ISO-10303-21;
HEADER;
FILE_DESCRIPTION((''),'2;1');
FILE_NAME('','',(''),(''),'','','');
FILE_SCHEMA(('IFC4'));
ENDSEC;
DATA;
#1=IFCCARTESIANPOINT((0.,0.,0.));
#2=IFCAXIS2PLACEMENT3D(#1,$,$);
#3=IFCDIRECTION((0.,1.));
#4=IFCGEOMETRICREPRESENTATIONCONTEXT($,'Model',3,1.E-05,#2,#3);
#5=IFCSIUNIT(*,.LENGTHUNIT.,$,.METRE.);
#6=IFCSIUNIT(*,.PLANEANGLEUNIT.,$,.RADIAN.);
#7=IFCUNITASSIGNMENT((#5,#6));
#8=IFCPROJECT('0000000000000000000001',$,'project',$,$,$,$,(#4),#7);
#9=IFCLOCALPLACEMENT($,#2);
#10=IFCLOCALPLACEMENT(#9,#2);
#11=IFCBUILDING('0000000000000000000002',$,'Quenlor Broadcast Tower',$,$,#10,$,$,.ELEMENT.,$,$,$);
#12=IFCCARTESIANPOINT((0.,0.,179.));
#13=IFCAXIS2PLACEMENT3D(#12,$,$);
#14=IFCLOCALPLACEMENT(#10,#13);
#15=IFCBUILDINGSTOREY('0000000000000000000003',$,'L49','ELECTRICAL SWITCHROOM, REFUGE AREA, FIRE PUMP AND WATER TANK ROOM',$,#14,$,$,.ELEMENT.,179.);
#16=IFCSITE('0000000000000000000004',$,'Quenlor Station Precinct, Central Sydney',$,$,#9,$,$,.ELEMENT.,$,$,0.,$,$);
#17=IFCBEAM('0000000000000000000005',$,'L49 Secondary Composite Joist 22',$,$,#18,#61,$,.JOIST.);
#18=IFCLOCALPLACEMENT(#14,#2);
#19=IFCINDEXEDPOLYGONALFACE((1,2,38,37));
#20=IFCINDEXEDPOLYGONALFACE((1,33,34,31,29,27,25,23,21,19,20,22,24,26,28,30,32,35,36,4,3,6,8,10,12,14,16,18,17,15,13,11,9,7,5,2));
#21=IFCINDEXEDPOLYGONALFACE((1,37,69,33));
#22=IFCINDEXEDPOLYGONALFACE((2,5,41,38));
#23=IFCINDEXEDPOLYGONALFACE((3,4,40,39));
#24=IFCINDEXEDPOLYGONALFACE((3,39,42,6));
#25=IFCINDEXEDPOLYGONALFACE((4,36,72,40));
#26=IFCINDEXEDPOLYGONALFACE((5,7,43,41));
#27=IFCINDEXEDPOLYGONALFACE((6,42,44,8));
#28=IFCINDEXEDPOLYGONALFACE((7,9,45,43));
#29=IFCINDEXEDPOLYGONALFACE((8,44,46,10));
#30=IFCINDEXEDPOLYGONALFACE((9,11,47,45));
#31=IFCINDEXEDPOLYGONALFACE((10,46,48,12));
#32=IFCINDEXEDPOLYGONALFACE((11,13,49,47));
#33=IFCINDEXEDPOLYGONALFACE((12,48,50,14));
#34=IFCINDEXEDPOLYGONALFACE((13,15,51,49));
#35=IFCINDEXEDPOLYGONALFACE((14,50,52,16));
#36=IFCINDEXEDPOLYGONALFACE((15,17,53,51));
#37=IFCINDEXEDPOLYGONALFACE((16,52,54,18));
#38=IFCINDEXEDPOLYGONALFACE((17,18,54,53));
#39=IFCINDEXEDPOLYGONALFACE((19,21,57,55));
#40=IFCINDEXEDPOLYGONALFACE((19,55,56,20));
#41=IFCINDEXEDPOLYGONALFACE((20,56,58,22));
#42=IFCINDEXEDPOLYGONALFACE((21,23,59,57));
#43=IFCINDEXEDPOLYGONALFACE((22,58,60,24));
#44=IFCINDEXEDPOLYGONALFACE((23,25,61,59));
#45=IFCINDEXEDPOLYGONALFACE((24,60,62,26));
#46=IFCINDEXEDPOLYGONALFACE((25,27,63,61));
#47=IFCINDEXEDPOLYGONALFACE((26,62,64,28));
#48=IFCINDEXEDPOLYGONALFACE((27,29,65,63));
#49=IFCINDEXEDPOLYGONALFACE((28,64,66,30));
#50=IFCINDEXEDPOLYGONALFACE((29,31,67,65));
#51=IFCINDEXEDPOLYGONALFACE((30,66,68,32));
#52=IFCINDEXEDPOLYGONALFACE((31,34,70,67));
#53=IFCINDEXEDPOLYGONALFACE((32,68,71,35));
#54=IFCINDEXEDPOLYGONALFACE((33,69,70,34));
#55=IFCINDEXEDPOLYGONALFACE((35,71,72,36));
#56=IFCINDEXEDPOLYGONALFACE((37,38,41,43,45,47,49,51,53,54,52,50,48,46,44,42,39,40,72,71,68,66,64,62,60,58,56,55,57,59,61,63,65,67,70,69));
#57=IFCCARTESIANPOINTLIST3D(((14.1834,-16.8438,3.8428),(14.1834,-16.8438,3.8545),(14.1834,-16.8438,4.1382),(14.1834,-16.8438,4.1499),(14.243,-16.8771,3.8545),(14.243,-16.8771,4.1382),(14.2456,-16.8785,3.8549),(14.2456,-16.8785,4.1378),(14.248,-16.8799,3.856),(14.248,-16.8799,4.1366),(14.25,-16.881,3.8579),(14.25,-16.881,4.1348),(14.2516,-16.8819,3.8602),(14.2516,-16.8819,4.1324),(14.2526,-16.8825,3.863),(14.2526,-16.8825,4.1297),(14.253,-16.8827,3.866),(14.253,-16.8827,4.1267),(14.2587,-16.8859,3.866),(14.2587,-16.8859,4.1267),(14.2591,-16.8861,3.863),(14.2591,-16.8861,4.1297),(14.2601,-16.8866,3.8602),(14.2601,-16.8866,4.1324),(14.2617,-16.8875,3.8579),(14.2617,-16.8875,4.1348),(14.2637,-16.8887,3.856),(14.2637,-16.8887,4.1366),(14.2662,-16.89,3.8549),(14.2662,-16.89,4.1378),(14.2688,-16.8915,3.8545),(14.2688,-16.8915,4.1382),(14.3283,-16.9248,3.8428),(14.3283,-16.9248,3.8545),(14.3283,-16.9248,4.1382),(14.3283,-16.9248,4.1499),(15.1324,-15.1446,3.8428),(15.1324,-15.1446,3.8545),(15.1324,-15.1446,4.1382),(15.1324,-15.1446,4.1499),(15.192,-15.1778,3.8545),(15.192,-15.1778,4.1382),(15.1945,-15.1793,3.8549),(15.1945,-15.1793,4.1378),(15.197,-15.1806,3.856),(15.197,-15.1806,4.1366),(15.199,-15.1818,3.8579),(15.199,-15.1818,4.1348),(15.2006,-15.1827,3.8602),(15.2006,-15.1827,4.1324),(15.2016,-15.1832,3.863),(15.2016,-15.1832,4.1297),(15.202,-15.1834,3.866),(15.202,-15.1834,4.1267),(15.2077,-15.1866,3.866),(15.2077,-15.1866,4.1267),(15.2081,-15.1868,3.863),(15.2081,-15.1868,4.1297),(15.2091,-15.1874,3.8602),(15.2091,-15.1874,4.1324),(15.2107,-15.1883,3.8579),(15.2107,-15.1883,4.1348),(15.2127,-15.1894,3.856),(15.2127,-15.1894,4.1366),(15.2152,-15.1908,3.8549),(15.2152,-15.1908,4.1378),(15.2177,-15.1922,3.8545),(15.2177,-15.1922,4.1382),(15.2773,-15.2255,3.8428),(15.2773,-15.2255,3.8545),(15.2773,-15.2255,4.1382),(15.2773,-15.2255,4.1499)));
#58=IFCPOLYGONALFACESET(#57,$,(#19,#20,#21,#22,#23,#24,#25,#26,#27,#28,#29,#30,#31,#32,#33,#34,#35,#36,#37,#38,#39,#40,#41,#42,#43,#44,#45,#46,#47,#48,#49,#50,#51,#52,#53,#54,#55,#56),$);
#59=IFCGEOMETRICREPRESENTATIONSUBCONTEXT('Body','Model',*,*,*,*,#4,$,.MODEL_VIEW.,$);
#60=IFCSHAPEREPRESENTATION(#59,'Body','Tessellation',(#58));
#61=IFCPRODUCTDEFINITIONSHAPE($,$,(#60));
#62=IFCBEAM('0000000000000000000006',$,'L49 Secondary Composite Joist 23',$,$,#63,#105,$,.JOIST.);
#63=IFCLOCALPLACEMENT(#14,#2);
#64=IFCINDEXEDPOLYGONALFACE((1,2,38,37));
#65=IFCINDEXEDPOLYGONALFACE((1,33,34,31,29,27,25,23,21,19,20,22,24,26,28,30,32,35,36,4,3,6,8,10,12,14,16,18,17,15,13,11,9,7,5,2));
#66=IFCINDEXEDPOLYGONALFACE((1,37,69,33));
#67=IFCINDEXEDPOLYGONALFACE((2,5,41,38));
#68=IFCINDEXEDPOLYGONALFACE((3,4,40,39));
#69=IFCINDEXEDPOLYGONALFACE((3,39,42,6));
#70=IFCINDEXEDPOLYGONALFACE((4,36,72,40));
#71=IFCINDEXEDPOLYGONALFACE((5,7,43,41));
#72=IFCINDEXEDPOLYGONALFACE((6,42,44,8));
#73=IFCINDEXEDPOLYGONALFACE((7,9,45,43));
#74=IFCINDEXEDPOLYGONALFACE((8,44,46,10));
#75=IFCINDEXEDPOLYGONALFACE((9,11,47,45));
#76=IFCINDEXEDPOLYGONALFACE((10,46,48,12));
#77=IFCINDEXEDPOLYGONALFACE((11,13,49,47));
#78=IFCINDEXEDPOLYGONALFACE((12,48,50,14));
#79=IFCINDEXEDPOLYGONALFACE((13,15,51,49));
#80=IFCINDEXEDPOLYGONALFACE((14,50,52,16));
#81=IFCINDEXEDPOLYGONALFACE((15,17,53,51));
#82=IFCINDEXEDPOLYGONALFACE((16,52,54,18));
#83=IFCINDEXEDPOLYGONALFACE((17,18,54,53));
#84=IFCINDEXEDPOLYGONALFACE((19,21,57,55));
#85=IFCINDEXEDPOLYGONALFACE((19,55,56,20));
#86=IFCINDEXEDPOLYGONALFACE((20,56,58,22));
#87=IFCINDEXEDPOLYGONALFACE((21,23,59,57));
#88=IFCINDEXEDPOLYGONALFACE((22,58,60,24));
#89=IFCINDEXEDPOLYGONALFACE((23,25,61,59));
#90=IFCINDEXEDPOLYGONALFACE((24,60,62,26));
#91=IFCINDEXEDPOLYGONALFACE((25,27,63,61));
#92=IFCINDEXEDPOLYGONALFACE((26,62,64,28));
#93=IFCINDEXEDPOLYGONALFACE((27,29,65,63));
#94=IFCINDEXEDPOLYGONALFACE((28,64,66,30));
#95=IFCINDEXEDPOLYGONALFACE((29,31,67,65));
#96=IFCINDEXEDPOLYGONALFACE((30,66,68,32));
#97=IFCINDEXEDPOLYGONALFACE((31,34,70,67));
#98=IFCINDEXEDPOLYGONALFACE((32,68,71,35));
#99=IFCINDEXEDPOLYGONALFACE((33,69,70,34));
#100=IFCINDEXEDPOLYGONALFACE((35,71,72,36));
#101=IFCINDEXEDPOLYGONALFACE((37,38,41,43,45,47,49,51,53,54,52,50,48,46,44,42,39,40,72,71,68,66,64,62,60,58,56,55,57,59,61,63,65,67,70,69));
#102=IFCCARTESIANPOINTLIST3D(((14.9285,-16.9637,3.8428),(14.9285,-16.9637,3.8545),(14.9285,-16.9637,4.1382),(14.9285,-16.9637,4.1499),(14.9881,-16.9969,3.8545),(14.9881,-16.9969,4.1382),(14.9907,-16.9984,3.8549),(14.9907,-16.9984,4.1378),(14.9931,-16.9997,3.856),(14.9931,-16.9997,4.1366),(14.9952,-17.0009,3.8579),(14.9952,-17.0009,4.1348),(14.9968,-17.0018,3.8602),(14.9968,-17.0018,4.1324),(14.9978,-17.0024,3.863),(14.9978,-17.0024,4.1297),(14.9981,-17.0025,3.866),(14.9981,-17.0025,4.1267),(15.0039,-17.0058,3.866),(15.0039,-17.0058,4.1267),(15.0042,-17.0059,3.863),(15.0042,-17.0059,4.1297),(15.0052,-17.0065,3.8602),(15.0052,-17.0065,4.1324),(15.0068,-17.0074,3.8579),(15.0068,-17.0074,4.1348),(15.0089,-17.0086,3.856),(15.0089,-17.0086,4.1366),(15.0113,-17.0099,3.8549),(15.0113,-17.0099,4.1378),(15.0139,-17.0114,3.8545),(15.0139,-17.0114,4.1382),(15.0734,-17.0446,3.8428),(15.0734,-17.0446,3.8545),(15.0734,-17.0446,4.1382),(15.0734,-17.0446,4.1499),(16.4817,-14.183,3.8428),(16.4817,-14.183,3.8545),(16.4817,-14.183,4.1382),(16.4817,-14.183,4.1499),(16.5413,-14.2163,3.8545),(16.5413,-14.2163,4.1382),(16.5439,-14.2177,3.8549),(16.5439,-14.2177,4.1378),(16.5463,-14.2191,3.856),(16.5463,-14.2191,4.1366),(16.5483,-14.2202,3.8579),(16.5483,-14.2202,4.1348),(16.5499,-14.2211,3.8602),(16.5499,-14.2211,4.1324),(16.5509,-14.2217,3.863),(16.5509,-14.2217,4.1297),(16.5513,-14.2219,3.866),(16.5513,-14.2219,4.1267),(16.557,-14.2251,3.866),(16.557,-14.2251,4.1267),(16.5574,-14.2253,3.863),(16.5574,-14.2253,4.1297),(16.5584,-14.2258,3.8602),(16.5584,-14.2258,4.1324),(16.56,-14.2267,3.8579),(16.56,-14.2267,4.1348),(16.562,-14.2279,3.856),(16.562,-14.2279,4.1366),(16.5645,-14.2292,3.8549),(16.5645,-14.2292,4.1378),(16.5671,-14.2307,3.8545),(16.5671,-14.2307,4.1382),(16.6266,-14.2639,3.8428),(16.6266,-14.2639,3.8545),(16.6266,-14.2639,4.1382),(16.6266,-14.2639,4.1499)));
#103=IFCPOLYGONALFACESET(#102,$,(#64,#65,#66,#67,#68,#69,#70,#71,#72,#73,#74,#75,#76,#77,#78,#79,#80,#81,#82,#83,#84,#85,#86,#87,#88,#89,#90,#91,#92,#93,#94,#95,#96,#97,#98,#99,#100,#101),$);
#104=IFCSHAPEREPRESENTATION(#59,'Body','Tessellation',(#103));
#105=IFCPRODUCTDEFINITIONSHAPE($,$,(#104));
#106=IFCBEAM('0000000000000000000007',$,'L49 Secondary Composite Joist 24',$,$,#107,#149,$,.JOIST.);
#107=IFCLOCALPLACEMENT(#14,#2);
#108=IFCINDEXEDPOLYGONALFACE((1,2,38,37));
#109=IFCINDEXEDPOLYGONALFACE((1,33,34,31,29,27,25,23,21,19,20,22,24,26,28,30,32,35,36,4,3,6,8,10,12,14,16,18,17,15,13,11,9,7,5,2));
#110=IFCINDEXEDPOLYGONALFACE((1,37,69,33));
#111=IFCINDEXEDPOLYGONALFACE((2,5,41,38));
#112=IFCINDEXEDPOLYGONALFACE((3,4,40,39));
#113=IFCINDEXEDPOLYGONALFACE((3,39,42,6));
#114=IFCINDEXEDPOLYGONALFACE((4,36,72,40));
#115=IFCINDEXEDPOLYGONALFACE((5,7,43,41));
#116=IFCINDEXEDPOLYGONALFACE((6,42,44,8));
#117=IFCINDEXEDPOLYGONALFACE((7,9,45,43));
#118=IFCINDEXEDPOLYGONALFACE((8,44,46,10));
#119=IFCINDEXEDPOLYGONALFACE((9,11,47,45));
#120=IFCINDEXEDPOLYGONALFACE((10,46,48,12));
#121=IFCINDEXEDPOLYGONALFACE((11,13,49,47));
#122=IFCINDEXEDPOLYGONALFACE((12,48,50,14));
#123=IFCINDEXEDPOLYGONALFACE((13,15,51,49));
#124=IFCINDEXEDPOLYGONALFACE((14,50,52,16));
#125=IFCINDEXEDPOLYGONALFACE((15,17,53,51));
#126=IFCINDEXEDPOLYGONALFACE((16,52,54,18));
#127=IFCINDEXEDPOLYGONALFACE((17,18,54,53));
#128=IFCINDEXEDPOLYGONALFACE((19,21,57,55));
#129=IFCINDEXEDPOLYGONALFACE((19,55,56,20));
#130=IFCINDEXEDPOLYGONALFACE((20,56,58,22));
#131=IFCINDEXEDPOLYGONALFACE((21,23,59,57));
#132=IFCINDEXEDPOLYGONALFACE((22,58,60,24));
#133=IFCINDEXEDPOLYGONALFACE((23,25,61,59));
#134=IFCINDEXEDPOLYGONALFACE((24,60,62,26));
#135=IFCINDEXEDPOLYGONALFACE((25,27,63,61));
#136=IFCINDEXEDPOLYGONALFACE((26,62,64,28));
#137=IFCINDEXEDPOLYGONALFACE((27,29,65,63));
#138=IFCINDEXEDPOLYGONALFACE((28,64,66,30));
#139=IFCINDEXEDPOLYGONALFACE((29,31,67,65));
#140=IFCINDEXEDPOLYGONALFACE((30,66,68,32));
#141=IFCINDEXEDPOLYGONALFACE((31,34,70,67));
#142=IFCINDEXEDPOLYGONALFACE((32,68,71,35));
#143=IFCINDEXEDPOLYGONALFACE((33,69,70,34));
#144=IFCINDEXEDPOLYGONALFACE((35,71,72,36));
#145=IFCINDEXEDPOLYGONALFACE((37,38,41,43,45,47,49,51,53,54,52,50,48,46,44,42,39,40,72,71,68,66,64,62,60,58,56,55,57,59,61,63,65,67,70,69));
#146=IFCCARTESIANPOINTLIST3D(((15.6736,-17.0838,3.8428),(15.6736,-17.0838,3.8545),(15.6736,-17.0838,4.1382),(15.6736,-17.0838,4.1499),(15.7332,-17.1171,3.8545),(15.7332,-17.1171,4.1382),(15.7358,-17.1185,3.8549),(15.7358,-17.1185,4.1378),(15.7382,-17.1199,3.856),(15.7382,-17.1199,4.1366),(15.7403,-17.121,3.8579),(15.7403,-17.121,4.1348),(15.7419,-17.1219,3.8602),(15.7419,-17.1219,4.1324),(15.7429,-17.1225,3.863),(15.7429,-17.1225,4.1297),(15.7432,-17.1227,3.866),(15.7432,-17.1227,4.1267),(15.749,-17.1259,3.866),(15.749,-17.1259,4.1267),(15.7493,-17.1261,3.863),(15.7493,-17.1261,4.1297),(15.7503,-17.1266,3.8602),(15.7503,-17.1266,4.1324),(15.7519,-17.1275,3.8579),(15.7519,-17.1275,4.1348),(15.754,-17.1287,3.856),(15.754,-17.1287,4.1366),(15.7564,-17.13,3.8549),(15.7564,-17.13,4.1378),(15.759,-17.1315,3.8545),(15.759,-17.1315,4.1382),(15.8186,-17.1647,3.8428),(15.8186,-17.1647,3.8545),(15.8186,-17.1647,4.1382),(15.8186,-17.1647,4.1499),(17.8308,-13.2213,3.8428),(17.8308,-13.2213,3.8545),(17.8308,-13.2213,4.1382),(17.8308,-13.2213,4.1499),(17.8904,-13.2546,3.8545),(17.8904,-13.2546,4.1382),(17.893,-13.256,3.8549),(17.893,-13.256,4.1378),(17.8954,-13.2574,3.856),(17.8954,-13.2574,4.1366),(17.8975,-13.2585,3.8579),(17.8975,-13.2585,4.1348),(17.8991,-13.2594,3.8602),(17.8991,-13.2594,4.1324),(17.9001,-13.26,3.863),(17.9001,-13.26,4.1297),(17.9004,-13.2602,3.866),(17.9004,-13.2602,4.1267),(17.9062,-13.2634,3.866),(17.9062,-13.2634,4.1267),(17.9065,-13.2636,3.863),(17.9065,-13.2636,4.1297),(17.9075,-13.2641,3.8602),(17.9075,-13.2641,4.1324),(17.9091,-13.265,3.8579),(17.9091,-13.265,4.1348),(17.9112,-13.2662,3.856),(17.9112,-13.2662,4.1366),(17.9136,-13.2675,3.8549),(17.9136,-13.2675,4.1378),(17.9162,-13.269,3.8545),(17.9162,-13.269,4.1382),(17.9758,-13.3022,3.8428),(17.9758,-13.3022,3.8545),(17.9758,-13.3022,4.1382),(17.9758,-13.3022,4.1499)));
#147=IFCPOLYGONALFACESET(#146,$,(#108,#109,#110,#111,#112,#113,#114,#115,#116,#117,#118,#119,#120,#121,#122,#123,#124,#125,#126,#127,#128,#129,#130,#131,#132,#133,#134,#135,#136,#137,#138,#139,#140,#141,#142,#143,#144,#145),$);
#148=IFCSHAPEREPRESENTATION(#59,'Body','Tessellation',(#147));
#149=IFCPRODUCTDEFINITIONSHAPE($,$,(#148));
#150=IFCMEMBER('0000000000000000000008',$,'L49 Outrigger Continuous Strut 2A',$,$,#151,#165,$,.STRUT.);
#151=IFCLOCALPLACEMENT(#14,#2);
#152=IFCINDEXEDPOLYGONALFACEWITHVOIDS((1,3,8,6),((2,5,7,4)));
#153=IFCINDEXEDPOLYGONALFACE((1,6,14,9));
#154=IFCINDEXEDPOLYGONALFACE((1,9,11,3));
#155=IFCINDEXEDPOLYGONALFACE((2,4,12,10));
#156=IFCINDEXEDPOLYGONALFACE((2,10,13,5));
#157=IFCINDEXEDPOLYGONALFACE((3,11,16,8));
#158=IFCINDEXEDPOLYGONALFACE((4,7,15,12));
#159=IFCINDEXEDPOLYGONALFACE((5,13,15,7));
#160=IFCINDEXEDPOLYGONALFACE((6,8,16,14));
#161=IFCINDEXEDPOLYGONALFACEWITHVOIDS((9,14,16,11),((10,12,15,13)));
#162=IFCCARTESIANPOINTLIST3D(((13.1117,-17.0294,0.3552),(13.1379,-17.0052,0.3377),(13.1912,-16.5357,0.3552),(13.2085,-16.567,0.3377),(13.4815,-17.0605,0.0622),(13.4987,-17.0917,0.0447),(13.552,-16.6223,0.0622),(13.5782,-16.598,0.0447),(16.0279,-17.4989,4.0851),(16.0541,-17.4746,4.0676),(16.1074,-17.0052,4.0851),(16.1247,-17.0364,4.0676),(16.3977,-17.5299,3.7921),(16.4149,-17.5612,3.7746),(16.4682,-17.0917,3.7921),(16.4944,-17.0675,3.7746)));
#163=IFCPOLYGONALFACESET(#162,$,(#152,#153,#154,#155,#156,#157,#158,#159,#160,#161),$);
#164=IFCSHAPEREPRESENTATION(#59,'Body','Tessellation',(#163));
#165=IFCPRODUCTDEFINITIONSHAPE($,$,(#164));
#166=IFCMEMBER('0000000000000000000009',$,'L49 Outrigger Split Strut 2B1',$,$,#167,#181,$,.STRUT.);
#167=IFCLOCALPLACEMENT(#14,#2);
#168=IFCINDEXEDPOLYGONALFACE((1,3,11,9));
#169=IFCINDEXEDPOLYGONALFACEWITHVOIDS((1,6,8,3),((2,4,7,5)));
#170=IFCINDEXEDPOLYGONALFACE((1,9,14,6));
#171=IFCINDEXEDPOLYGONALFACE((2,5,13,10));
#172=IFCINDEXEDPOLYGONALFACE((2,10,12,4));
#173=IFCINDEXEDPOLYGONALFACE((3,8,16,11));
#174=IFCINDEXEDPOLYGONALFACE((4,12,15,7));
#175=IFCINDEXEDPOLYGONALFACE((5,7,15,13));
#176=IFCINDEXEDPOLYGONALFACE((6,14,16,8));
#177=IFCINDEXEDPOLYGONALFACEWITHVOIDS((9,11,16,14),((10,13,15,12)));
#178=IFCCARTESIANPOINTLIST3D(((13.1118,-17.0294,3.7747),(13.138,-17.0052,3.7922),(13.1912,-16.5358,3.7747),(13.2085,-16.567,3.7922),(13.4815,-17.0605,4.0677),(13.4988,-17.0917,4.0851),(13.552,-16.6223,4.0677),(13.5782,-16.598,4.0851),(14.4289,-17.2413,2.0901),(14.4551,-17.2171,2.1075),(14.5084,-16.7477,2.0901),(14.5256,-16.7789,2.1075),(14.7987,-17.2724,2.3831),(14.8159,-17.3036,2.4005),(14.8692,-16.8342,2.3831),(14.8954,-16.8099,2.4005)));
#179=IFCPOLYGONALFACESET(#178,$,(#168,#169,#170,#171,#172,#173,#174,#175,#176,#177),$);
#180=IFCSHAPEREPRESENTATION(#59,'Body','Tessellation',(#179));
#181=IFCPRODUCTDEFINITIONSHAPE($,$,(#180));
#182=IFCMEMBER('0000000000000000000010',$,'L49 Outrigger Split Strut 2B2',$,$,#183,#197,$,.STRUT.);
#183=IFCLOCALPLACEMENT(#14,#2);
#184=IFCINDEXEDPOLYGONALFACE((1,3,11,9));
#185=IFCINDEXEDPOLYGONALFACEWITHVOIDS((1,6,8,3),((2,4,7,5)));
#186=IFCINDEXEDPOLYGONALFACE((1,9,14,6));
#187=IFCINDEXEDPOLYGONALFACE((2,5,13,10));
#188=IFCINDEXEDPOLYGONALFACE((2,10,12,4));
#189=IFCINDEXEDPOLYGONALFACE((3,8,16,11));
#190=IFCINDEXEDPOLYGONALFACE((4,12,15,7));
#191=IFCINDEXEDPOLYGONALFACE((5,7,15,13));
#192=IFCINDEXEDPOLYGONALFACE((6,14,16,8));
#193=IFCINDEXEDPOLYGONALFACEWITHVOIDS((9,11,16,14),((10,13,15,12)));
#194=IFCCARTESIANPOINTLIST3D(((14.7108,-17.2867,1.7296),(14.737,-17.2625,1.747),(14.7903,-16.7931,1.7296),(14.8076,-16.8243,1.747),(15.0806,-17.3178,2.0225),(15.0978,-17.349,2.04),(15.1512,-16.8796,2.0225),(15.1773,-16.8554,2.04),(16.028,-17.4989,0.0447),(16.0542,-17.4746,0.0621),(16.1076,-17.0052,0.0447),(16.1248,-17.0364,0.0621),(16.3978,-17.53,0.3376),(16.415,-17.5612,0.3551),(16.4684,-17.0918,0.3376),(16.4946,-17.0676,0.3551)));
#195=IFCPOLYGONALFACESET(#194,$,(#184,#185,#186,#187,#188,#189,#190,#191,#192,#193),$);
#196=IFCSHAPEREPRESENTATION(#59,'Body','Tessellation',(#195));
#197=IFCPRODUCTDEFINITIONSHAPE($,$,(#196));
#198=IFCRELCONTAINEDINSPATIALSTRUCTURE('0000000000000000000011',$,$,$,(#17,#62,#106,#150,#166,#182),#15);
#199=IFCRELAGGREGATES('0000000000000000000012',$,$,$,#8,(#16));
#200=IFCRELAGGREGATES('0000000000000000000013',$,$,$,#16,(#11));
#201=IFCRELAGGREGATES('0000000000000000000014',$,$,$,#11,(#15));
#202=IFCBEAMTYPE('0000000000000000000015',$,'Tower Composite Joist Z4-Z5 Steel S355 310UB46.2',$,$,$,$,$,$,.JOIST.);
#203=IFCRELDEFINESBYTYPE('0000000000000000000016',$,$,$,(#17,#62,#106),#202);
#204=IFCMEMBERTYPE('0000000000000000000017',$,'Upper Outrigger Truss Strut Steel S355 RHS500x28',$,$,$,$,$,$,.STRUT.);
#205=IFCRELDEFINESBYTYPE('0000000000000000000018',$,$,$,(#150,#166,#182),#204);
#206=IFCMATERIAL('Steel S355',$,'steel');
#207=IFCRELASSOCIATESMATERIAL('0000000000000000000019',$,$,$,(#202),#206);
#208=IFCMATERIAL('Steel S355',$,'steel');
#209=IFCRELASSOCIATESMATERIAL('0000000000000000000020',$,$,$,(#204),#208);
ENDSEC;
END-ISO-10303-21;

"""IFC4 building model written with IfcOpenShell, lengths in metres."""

from ifc_helpers import new_model, si_unit, direction, frame, origin, origin_2d, place, context, subcontext, project, spatial, hollow_rectangle, i_section, extrude, material, material_profile, profile_set, type_object, element, save


model = new_model("IFC4")

# Units and contexts
model_context = context("Model", 3, precision=1e-05, world=origin(), true_north=direction((0.0, 1.0)))
body_context = subcontext(model_context, "Body", "Model", "MODEL_VIEW")
ifc_project = project(units=[si_unit("LENGTHUNIT", "METRE"), si_unit("PLANEANGLEUNIT", "RADIAN")], contexts=[model_context])

# Site, building, storey
site_placement = place(None, origin())
site = spatial("IfcSite", under=ifc_project, at=site_placement, Name="Quenlor Station Precinct, Central Sydney", CompositionType="ELEMENT", RefElevation=0.0)
building_placement = place(site_placement, origin())
building = spatial("IfcBuilding", under=site, at=building_placement, Name="Quenlor Broadcast Tower", CompositionType="ELEMENT")
storey_placement = place(building_placement, frame((0.0, 0.0, 179.0)))
storey = spatial("IfcBuildingStorey", under=building, at=storey_placement, Name="L49", Description="ELECTRICAL SWITCHROOM, REFUGE AREA, FIRE PUMP AND WATER TANK ROOM", CompositionType="ELEMENT", Elevation=179.0)

# Beams
ifc_material_1 = material(Name="Steel S355", Category="steel")
ifc_material_profile_1 = material_profile(ifc_material_1, i_section(OverallWidth=0.166, OverallDepth=0.3071, WebThickness=0.0066, FlangeThickness=0.0117, FilletRadius=0.0115, at=origin_2d()))
ifc_profile_set_1 = profile_set([ifc_material_profile_1], Name="Steel S355 310UB46.2")
beam_type_1 = type_object("IfcBeamType", Name="Tower Composite Joist Z4-Z5 Steel S355 310UB46.2", PredefinedType="JOIST", material=ifc_profile_set_1)
beam_1_placement = place(storey_placement, frame((14.2559, -16.8843, 3.9963), z_axis=(0.487591, 0.873072, 0.0), x_axis=(-0.873072, 0.487591, 0.0)))
element("IfcBeam", 1, at=beam_1_placement, inside=storey, type_object=beam_type_1, Name="L49 Secondary Composite Joist 22", PredefinedType="JOIST", context=body_context, shape_type="SweptSolid", body=[
    extrude(i_section(OverallWidth=0.166, OverallDepth=0.3071, WebThickness=0.0066, FlangeThickness=0.0117, FilletRadius=0.0115, at=origin_2d()), origin(), (0.0, 0.0, 1.0), 1.9463),
])
beam_2_placement = place(storey_placement, frame((15.001, -17.0042, 3.9963), z_axis=(0.487646, 0.873041, 0.0), x_axis=(-0.873041, 0.487646, 0.0)))
element("IfcBeam", 2, at=beam_2_placement, inside=storey, type_object=beam_type_1, Name="L49 Secondary Composite Joist 23", PredefinedType="JOIST", context=body_context, shape_type="SweptSolid", body=[
    extrude(i_section(OverallWidth=0.166, OverallDepth=0.3071, WebThickness=0.0066, FlangeThickness=0.0117, FilletRadius=0.0115, at=origin_2d()), origin(), (0.0, 0.0, 1.0), 3.1851),
])
beam_3_placement = place(storey_placement, frame((15.7461, -17.1243, 3.9963), z_axis=(0.487605, 0.873064, 0.0), x_axis=(-0.873064, 0.487605, 0.0)))
element("IfcBeam", 3, at=beam_3_placement, inside=storey, type_object=beam_type_1, Name="L49 Secondary Composite Joist 24", PredefinedType="JOIST", context=body_context, shape_type="SweptSolid", body=[
    extrude(i_section(OverallWidth=0.166, OverallDepth=0.3071, WebThickness=0.0066, FlangeThickness=0.0117, FilletRadius=0.0115, at=origin_2d()), origin(), (0.0, 0.0, 1.0), 4.4241),
])

# Members
ifc_material_2 = material(Name="Steel S355", Category="steel")
ifc_material_profile_2 = material_profile(ifc_material_2, hollow_rectangle(XDim=0.5, YDim=0.5, WallThickness=0.0281, at=origin_2d()))
ifc_profile_set_2 = profile_set([ifc_material_profile_2], Name="Steel S355 RHS500x500x28")
member_type = type_object("IfcMemberType", Name="Upper Outrigger Truss Strut Steel S355 RHS500x28", PredefinedType="STRUT", material=ifc_profile_set_2)
member_1_placement = place(storey_placement, frame((13.345, -16.8137, 0.2), z_axis=(0.612928, -0.098674, 0.783953), x_axis=(0.158941, 0.987288, 0.0)))
element("IfcMember", 4, at=member_1_placement, inside=storey, type_object=member_type, Name="L49 Outrigger Continuous Strut 2A", PredefinedType="STRUT", context=body_context, shape_type="SweptSolid", body=[
    extrude(hollow_rectangle(XDim=0.5, YDim=0.5, WallThickness=0.0281, at=origin_2d()), origin(), (0.0, 0.0, 1.0), 4.7578),
])
member_2_placement = place(storey_placement, frame((13.345, -16.8137, 3.9299), z_axis=(0.612952, -0.098618, -0.783942), x_axis=(0.158847, 0.987303, 0.0)))
element("IfcMember", 5, at=member_2_placement, inside=storey, type_object=member_type, Name="L49 Outrigger Split Strut 2B1", PredefinedType="STRUT", context=body_context, shape_type="SweptSolid", body=[
    extrude(hollow_rectangle(XDim=0.5, YDim=0.5, WallThickness=0.0281, at=origin_2d()), origin(), (0.0, 0.0, 1.0), 2.1489),
])
member_3_placement = place(storey_placement, frame((14.9441, -17.071, 1.8848), z_axis=(0.61289, -0.098721, -0.783977), x_axis=(0.159025, 0.987275, 0.0)))
element("IfcMember", 6, at=member_3_placement, inside=storey, type_object=member_type, Name="L49 Outrigger Split Strut 2B2", PredefinedType="STRUT", context=body_context, shape_type="SweptSolid", body=[
    extrude(hollow_rectangle(XDim=0.5, YDim=0.5, WallThickness=0.0281, at=origin_2d()), origin(), (0.0, 0.0, 1.0), 2.1492),
])

save(model, "model.ifc")
